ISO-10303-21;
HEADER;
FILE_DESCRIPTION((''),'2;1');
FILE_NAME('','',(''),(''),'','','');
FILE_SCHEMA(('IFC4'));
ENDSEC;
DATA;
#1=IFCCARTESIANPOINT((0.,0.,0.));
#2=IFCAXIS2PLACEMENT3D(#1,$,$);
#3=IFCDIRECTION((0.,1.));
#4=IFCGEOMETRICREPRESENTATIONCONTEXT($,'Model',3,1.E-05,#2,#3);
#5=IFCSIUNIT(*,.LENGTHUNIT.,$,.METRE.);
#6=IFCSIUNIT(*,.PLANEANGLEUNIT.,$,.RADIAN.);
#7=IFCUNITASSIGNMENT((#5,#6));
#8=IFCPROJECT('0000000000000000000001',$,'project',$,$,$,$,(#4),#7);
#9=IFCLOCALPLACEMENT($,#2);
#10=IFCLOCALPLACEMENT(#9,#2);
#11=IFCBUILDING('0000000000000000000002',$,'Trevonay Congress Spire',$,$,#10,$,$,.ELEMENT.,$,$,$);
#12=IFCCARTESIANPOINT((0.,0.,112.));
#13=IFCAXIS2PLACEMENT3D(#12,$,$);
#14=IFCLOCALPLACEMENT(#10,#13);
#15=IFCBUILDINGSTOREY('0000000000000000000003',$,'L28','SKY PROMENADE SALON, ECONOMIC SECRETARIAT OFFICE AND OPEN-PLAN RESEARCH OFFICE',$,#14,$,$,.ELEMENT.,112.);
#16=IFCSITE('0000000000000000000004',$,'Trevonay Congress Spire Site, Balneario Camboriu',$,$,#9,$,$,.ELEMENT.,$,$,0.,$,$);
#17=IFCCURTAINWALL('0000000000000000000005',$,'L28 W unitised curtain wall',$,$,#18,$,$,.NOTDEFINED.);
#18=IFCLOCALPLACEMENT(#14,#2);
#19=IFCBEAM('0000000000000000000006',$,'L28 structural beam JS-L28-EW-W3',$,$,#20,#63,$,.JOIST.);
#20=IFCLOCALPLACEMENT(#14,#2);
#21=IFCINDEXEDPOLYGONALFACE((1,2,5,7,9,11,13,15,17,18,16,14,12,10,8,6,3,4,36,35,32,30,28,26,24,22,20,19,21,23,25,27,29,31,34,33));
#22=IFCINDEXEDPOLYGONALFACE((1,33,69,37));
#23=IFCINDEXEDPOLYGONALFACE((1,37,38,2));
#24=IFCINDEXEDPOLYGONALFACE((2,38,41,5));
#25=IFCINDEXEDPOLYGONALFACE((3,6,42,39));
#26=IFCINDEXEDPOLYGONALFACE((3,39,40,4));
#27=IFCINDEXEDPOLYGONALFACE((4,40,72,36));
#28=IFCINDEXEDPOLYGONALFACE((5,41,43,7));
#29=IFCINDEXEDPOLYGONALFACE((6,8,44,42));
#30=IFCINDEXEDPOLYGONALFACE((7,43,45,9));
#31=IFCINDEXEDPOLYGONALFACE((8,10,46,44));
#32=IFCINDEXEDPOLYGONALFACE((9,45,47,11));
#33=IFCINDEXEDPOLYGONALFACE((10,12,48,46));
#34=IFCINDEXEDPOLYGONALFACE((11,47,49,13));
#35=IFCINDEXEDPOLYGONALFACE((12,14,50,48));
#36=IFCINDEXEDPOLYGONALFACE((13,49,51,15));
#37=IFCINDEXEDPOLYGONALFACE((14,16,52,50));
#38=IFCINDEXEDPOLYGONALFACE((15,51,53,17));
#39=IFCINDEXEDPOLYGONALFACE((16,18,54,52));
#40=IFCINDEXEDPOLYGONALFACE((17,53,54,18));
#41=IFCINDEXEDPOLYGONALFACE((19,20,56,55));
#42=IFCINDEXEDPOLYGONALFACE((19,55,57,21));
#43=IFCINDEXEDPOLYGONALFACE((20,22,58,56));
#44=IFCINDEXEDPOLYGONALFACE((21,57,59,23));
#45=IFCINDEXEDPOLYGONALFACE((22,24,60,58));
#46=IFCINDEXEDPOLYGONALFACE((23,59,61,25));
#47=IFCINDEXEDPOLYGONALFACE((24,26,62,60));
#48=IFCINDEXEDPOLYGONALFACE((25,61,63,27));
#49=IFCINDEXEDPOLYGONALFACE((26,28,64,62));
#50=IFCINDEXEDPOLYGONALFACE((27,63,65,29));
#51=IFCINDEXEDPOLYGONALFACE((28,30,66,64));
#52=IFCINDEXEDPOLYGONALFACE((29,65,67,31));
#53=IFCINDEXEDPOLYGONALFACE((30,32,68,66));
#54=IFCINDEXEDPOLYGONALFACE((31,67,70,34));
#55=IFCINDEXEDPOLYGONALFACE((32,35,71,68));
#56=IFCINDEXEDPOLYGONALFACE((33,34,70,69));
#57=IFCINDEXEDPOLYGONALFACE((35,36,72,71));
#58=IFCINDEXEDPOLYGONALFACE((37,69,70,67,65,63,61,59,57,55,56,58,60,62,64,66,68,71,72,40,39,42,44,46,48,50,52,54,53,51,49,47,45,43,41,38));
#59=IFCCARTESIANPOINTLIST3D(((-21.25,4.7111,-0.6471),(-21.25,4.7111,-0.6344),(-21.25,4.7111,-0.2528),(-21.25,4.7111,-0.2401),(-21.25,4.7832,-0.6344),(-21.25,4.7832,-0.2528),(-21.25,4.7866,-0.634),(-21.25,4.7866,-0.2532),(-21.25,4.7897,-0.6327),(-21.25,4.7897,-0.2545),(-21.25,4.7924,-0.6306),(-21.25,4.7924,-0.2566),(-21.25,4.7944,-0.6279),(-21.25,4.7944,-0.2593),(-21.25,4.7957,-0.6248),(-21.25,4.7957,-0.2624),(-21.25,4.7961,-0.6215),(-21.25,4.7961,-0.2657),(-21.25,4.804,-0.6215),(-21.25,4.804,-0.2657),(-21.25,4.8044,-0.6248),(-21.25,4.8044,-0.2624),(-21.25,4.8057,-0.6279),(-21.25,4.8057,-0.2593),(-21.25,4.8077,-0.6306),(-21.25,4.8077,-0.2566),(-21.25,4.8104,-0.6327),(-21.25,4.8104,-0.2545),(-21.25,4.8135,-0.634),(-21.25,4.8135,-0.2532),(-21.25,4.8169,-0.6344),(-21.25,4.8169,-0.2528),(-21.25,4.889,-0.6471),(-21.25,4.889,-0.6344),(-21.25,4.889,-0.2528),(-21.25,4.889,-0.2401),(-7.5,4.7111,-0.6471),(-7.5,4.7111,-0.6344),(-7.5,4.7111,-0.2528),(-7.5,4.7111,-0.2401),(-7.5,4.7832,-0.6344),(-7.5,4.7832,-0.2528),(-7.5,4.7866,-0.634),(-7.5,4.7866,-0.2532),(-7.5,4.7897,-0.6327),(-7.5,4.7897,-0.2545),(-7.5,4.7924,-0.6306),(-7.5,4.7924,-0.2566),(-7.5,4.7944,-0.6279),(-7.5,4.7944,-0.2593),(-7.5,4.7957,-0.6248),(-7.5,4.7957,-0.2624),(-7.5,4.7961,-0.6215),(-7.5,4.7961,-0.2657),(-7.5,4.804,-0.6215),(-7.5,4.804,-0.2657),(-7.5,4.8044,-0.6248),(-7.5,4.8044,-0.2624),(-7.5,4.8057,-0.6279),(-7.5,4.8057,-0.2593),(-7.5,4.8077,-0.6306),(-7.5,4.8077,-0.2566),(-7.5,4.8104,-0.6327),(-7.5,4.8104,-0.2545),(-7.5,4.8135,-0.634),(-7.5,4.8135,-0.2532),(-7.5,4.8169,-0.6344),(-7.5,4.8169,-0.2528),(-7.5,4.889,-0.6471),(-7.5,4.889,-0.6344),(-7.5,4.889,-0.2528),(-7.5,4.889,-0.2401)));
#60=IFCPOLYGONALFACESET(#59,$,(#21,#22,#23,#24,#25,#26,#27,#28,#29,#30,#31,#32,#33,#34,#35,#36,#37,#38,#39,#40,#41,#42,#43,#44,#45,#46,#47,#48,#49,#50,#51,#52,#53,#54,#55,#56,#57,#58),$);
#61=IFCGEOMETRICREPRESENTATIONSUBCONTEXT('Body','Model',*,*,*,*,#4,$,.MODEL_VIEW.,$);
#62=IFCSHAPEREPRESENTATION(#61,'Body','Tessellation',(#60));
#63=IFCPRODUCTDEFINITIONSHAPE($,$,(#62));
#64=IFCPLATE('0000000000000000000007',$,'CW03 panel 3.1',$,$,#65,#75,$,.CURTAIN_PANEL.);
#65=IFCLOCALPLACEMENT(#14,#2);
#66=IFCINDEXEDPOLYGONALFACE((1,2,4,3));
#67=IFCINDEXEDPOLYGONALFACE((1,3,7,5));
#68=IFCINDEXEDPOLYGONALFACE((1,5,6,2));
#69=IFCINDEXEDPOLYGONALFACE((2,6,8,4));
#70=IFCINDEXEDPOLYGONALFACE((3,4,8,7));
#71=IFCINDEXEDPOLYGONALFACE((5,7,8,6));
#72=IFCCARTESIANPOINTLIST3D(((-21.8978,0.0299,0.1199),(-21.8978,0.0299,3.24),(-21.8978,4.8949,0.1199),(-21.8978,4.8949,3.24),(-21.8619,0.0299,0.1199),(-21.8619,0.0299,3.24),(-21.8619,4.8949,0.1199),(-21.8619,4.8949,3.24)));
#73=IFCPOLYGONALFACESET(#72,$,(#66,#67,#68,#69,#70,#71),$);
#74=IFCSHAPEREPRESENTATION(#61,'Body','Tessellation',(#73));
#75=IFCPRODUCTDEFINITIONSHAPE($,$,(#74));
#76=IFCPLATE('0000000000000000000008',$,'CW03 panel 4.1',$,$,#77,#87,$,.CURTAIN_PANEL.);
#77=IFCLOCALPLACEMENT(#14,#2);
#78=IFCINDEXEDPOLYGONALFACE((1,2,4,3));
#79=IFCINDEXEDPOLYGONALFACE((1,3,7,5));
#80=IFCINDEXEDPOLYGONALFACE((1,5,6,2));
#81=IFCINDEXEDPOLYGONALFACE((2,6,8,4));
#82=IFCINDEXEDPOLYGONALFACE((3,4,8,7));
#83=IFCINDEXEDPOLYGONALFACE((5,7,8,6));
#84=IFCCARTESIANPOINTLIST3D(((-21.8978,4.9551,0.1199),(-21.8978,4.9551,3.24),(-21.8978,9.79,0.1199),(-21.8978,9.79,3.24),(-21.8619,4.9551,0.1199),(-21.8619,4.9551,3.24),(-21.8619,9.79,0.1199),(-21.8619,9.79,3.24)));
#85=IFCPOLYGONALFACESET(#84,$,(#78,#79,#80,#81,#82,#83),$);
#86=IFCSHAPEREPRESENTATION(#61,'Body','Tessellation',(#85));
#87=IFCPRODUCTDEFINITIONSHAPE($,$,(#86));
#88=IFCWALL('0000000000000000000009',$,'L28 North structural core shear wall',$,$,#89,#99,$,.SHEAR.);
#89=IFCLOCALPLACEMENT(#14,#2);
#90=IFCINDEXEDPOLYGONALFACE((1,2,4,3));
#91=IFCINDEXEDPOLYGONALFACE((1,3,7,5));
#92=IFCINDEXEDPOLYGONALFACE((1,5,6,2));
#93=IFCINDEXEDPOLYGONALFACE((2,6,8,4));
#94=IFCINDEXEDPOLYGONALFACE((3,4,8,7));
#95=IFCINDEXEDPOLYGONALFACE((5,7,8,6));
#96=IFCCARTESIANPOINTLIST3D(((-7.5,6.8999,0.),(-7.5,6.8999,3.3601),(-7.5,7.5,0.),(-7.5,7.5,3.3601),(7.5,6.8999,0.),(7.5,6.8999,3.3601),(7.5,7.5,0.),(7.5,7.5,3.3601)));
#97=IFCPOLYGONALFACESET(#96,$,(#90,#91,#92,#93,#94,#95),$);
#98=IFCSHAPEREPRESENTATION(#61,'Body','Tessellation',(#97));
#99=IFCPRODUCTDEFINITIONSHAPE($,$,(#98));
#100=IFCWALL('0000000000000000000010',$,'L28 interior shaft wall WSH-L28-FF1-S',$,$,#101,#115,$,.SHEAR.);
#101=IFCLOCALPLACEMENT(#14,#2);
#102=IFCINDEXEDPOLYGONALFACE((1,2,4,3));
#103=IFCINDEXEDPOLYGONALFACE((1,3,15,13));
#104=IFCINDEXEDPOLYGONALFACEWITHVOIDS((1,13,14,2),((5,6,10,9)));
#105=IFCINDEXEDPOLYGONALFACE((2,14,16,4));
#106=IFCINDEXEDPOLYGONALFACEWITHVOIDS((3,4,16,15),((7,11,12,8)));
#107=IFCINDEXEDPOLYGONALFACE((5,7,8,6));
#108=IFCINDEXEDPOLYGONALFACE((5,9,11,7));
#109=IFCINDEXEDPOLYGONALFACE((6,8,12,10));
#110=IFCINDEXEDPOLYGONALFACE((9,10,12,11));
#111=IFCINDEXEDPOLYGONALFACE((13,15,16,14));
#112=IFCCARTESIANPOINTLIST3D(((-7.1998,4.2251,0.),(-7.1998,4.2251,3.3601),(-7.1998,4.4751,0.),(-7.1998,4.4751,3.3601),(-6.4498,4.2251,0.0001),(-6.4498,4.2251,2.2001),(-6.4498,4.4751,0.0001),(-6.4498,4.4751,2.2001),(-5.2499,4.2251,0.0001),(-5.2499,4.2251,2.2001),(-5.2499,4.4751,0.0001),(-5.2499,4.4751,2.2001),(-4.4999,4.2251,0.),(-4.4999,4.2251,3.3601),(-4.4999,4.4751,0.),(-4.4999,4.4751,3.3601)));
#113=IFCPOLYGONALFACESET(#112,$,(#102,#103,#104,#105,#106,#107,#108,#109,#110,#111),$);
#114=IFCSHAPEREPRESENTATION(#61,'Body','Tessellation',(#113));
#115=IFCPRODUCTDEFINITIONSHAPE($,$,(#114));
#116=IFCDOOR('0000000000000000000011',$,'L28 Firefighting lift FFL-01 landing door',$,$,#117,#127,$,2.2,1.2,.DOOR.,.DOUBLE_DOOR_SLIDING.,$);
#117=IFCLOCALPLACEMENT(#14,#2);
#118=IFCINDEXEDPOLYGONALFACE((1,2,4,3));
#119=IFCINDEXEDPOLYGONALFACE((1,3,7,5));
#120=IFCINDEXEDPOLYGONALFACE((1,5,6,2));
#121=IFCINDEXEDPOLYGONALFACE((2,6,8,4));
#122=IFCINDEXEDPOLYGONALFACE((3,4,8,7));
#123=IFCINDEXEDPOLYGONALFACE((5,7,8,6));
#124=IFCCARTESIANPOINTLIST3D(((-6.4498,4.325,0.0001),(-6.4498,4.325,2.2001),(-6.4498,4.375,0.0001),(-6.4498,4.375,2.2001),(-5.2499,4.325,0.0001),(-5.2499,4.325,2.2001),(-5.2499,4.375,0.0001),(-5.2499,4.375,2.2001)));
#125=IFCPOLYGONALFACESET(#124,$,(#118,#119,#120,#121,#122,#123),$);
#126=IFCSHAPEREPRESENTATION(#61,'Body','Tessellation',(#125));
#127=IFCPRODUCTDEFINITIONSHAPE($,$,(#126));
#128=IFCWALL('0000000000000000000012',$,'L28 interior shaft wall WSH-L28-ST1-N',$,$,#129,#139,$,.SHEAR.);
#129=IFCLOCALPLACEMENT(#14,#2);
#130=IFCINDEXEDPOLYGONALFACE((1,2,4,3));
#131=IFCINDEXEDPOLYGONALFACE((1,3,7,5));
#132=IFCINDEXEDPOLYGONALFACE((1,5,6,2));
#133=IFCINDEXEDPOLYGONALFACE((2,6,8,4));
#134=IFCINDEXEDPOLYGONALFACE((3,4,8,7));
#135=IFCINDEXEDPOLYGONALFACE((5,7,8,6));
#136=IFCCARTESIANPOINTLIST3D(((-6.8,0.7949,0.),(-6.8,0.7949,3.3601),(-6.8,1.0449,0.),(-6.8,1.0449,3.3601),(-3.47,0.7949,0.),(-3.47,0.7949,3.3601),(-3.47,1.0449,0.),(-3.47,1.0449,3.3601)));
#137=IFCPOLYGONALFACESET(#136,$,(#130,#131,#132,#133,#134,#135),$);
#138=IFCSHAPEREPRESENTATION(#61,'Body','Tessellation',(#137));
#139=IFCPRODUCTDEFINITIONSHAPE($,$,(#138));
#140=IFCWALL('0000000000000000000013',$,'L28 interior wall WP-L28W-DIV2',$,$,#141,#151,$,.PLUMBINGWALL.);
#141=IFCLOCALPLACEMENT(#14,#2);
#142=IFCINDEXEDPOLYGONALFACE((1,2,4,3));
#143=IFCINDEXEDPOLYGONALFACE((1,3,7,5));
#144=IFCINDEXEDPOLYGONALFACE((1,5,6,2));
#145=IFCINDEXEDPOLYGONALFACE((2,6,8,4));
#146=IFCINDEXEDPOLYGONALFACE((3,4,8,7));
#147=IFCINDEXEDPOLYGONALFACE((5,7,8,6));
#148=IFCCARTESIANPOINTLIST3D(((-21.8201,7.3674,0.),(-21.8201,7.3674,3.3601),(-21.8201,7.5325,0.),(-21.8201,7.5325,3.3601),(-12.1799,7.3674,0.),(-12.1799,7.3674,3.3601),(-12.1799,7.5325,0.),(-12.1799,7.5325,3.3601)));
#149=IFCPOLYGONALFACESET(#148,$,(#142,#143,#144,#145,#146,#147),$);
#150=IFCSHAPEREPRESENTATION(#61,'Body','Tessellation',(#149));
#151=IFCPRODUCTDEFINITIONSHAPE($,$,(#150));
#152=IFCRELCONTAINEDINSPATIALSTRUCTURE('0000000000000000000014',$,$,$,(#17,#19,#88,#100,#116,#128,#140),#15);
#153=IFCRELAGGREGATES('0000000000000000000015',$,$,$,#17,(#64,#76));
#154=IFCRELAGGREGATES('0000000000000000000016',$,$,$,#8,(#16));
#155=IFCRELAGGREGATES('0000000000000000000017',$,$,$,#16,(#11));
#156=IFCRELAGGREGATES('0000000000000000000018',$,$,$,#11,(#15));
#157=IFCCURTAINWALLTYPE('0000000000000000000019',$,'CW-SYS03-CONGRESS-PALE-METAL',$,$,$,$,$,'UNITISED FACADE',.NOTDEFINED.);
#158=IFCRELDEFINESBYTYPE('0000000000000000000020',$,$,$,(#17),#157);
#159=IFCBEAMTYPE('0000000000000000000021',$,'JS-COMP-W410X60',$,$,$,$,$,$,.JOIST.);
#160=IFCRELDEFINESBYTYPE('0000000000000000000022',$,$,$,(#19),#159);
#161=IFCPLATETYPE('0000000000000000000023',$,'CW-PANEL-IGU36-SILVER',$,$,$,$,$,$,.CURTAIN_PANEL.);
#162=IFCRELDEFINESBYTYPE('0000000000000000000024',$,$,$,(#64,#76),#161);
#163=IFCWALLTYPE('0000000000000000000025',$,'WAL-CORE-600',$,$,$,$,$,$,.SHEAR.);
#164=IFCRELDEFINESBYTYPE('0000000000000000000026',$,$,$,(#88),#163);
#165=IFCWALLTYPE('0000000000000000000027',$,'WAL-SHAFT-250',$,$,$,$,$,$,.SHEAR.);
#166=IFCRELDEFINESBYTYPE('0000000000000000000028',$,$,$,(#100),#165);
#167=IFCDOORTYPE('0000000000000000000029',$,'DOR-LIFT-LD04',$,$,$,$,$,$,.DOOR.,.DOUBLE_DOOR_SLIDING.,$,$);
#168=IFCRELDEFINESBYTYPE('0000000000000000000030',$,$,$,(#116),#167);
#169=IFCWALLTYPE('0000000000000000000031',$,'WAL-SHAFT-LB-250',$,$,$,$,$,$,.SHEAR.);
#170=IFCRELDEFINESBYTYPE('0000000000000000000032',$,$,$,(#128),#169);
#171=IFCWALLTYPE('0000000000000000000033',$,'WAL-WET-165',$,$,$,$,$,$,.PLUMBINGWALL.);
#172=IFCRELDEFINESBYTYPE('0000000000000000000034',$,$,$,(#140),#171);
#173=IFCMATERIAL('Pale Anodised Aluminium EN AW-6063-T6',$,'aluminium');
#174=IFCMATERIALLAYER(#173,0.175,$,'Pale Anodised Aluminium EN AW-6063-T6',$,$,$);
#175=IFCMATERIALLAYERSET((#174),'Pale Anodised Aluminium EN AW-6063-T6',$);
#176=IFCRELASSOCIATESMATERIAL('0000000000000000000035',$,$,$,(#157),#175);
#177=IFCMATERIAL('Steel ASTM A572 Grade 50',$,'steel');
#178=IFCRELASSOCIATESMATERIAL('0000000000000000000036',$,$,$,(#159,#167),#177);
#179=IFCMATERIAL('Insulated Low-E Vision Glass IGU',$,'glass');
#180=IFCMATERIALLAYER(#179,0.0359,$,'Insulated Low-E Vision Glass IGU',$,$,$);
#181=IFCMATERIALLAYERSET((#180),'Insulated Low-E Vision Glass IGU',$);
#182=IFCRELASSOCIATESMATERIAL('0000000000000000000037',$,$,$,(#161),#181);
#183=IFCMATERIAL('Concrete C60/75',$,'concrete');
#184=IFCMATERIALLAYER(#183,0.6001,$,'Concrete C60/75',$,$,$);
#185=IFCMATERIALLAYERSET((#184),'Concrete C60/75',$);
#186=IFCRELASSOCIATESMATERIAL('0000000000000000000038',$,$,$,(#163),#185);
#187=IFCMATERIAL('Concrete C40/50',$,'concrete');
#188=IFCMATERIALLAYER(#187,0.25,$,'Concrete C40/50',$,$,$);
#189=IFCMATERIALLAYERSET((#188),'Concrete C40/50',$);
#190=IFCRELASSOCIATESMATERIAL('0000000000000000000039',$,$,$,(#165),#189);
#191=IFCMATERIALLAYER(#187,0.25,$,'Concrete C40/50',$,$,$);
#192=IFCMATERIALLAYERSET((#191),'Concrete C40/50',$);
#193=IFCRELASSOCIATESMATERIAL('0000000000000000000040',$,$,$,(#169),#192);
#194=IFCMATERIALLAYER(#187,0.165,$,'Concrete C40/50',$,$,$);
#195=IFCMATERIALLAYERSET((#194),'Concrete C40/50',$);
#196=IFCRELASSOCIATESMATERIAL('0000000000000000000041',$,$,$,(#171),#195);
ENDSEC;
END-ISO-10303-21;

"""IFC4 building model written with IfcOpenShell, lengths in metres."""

from ifc_helpers import new_model, si_unit, direction, frame, frame_2d, origin, origin_2d, place, context, subcontext, project, spatial, rectangle, i_section, extrude, material, layer, layer_set, material_profile, profile_set, type_object, element, fill, aggregate, save


model = new_model("IFC4")

# Units and contexts
model_context = context("Model", 3, precision=1e-05, world=origin(), true_north=direction((0.0, 1.0)))
body_context = subcontext(model_context, "Body", "Model", "MODEL_VIEW")
ifc_project = project(units=[si_unit("LENGTHUNIT", "METRE"), si_unit("PLANEANGLEUNIT", "RADIAN")], contexts=[model_context])

# Site, building, storey
site_placement = place(None, origin())
site = spatial("IfcSite", under=ifc_project, at=site_placement, Name="Trevonay Congress Spire Site, Balneario Camboriu", CompositionType="ELEMENT", RefElevation=0.0)
building_placement = place(site_placement, origin())
building = spatial("IfcBuilding", under=site, at=building_placement, Name="Trevonay Congress Spire", CompositionType="ELEMENT")
storey_placement = place(building_placement, frame((0.0, 0.0, 112.0)))
storey = spatial("IfcBuildingStorey", under=building, at=storey_placement, Name="L28", Description="SKY PROMENADE SALON, ECONOMIC SECRETARIAT OFFICE AND OPEN-PLAN RESEARCH OFFICE", CompositionType="ELEMENT", Elevation=112.0)

# Shared definitions
ifc_material_1 = material(Name="Steel ASTM A572 Grade 50", Category="steel")

# Curtain wall
ifc_material_2 = material(Name="Pale Anodised Aluminium EN AW-6063-T6", Category="aluminium")
ifc_layer_1 = layer(ifc_material_2, 0.175, Name="Pale Anodised Aluminium EN AW-6063-T6")
ifc_layer_set_1 = layer_set([ifc_layer_1], Name="Pale Anodised Aluminium EN AW-6063-T6")
curtain_wall_type = type_object("IfcCurtainWallType", Name="CW-SYS03-CONGRESS-PALE-METAL", ElementType="UNITISED FACADE", PredefinedType="NOTDEFINED", material=ifc_layer_set_1)
curtain_wall_placement = place(storey_placement, origin())
curtain_wall = element("IfcCurtainWall", 1, at=curtain_wall_placement, inside=storey, type_object=curtain_wall_type, Name="L28 W unitised curtain wall", PredefinedType="NOTDEFINED")

# Beam
ifc_material_profile_1 = material_profile(ifc_material_1, i_section(OverallWidth=0.178, OverallDepth=0.407, WebThickness=0.0078, FlangeThickness=0.0127, FilletRadius=0.0129, at=origin_2d()), Name="W410x60")
ifc_profile_set_1 = profile_set([ifc_material_profile_1], Name="Steel ASTM A572 Grade 50")
beam_type_1 = type_object("IfcBeamType", Name="JS-COMP-W410X60", PredefinedType="JOIST", material=ifc_profile_set_1)
for number, where, z_axis, x_axis, name in (
    (2, (-21.25, 4.8, -0.4436), (1.0, 0.0, 0.0), (0.0, 1.0, 0.0), "L28 structural beam JS-L28-EW-W3"),
):
    element("IfcBeam", number, at=place(storey_placement, frame(where, z_axis=z_axis, x_axis=x_axis)), inside=storey, type_object=beam_type_1, Name=name, PredefinedType="JOIST", context=body_context, shape_type="SweptSolid", body=[
        extrude(i_section(OverallWidth=0.178, OverallDepth=0.407, WebThickness=0.0078, FlangeThickness=0.0127, FilletRadius=0.0129, at=origin_2d()), origin(), (0.0, 0.0, 1.0), 13.75),
    ])

# Plates
ifc_material_3 = material(Name="Insulated Low-E Vision Glass IGU", Category="glass")
ifc_layer_2 = layer(ifc_material_3, 0.0359, Name="Insulated Low-E Vision Glass IGU")
ifc_layer_set_2 = layer_set([ifc_layer_2], Name="Insulated Low-E Vision Glass IGU")
plate_type = type_object("IfcPlateType", Name="CW-PANEL-IGU36-SILVER", PredefinedType="CURTAIN_PANEL", material=ifc_layer_set_2)
plate_1_placement = place(storey_placement, frame((-21.8799, 2.4624, 0.1199), z_axis=(0.0, 0.0, 1.0), x_axis=(0.0, 1.0, 0.0)))
plate_1 = element("IfcPlate", 3, at=plate_1_placement, type_object=plate_type, Name="CW03 panel 3.1", PredefinedType="CURTAIN_PANEL", context=body_context, shape_type="SweptSolid", body=[
    extrude(rectangle(XDim=4.865, YDim=0.0359, at=origin_2d()), origin(), (0.0, 0.0, 1.0), 3.1201),
])
plate_2_placement = place(storey_placement, frame((-21.8799, 7.3726, 0.1199), z_axis=(0.0, 0.0, 1.0), x_axis=(0.0, 1.0, 0.0)))
plate_2 = element("IfcPlate", 4, at=plate_2_placement, type_object=plate_type, Name="CW03 panel 4.1", PredefinedType="CURTAIN_PANEL", context=body_context, shape_type="SweptSolid", body=[
    extrude(rectangle(XDim=4.835, YDim=0.0359, at=origin_2d()), origin(), (0.0, 0.0, 1.0), 3.1201),
])
aggregate(curtain_wall, [plate_1, plate_2])

# Wall
ifc_material_4 = material(Name="Concrete C60/75", Category="concrete")
ifc_layer_3 = layer(ifc_material_4, 0.6001, Name="Concrete C60/75")
ifc_layer_set_3 = layer_set([ifc_layer_3], Name="Concrete C60/75")
wall_type_1 = type_object("IfcWallType", Name="WAL-CORE-600", PredefinedType="SHEAR", material=ifc_layer_set_3)
wall_1_placement = place(storey_placement, frame((-7.5, 7.2, 0.0), z_axis=(0.0, 0.0, 1.0), x_axis=(1.0, 0.0, 0.0)))
element("IfcWall", 5, at=wall_1_placement, inside=storey, type_object=wall_type_1, Name="L28 North structural core shear wall", PredefinedType="SHEAR", context=body_context, shape_type="SweptSolid", body=[
    extrude(rectangle(XDim=15.0, YDim=0.6001, at=frame_2d((7.5, 0.0))), origin(), (0.0, 0.0, 1.0), 3.3601),
])

# Wall, opening, door
ifc_material_5 = material(Name="Concrete C40/50", Category="concrete")
ifc_layer_4 = layer(ifc_material_5, 0.25, Name="Concrete C40/50")
ifc_layer_set_4 = layer_set([ifc_layer_4], Name="Concrete C40/50")
wall_type_2 = type_object("IfcWallType", Name="WAL-SHAFT-250", PredefinedType="SHEAR", material=ifc_layer_set_4)
wall_2_placement = place(storey_placement, frame((-7.2, 4.3501, 0.0), z_axis=(0.0, 0.0, 1.0), x_axis=(1.0, 0.0, 0.0)))
wall_2 = element("IfcWall", 6, at=wall_2_placement, inside=storey, type_object=wall_type_2, Name="L28 interior shaft wall WSH-L28-FF1-S", PredefinedType="SHEAR", context=body_context, shape_type="SweptSolid", body=[
    extrude(rectangle(XDim=2.7, YDim=0.25, at=frame_2d((1.3501, 0.0))), origin(), (0.0, 0.0, 1.0), 3.3601),
])
opening_placement = place(wall_2_placement, frame((0.75, 0.0, 0.0)))
opening = element("IfcOpeningElement", 7, at=opening_placement, cuts=wall_2, PredefinedType="OPENING", context=body_context, shape_type="SweptSolid", body=[
    extrude(rectangle(XDim=1.2, YDim=2.2, at=frame_2d((0.6001, 1.1001))), frame((0.0, 0.135, 0.0), z_axis=(0.0, -1.0, 0.0), x_axis=(1.0, 0.0, 0.0)), (0.0, 0.0, 1.0), 0.27),
])
door_type = type_object("IfcDoorType", Name="DOR-LIFT-LD04", OperationType="DOUBLE_DOOR_SLIDING", PredefinedType="DOOR", material=ifc_material_1)
door_placement = place(opening_placement, origin())
door = element("IfcDoor", 8, at=door_placement, inside=storey, type_object=door_type, Name="L28 Firefighting lift FFL-01 landing door", OperationType="DOUBLE_DOOR_SLIDING", OverallHeight=2.2, OverallWidth=1.2, PredefinedType="DOOR", context=body_context, shape_type="SweptSolid", body=[
    extrude(rectangle(XDim=1.2, YDim=2.2, at=frame_2d((0.6001, 1.1001))), frame((0.0, 0.0249, 0.0), z_axis=(0.0, -1.0, 0.0), x_axis=(1.0, 0.0, 0.0)), (0.0, 0.0, 1.0), 0.05),
])
fill(opening, door)

# Walls
ifc_layer_5 = layer(ifc_material_5, 0.25, Name="Concrete C40/50")
ifc_layer_set_5 = layer_set([ifc_layer_5], Name="Concrete C40/50")
wall_type_3 = type_object("IfcWallType", Name="WAL-SHAFT-LB-250", PredefinedType="SHEAR", material=ifc_layer_set_5)
wall_3_placement = place(storey_placement, frame((-6.8, 0.9199, 0.0), z_axis=(0.0, 0.0, 1.0), x_axis=(1.0, 0.0, 0.0)))
element("IfcWall", 9, at=wall_3_placement, inside=storey, type_object=wall_type_3, Name="L28 interior shaft wall WSH-L28-ST1-N", PredefinedType="SHEAR", context=body_context, shape_type="SweptSolid", body=[
    extrude(rectangle(XDim=3.3301, YDim=0.25, at=frame_2d((1.665, 0.0))), origin(), (0.0, 0.0, 1.0), 3.3601),
])
ifc_layer_6 = layer(ifc_material_5, 0.165, Name="Concrete C40/50")
ifc_layer_set_6 = layer_set([ifc_layer_6], Name="Concrete C40/50")
wall_type_4 = type_object("IfcWallType", Name="WAL-WET-165", PredefinedType="PLUMBINGWALL", material=ifc_layer_set_6)
wall_4_placement = place(storey_placement, frame((-21.8201, 7.45, 0.0), z_axis=(0.0, 0.0, 1.0), x_axis=(1.0, 0.0, 0.0)))
element("IfcWall", 10, at=wall_4_placement, inside=storey, type_object=wall_type_4, Name="L28 interior wall WP-L28W-DIV2", PredefinedType="PLUMBINGWALL", context=body_context, shape_type="SweptSolid", body=[
    extrude(rectangle(XDim=9.6401, YDim=0.165, at=frame_2d((4.8201, 0.0))), origin(), (0.0, 0.0, 1.0), 3.3601),
])

save(model, "model.ifc")
